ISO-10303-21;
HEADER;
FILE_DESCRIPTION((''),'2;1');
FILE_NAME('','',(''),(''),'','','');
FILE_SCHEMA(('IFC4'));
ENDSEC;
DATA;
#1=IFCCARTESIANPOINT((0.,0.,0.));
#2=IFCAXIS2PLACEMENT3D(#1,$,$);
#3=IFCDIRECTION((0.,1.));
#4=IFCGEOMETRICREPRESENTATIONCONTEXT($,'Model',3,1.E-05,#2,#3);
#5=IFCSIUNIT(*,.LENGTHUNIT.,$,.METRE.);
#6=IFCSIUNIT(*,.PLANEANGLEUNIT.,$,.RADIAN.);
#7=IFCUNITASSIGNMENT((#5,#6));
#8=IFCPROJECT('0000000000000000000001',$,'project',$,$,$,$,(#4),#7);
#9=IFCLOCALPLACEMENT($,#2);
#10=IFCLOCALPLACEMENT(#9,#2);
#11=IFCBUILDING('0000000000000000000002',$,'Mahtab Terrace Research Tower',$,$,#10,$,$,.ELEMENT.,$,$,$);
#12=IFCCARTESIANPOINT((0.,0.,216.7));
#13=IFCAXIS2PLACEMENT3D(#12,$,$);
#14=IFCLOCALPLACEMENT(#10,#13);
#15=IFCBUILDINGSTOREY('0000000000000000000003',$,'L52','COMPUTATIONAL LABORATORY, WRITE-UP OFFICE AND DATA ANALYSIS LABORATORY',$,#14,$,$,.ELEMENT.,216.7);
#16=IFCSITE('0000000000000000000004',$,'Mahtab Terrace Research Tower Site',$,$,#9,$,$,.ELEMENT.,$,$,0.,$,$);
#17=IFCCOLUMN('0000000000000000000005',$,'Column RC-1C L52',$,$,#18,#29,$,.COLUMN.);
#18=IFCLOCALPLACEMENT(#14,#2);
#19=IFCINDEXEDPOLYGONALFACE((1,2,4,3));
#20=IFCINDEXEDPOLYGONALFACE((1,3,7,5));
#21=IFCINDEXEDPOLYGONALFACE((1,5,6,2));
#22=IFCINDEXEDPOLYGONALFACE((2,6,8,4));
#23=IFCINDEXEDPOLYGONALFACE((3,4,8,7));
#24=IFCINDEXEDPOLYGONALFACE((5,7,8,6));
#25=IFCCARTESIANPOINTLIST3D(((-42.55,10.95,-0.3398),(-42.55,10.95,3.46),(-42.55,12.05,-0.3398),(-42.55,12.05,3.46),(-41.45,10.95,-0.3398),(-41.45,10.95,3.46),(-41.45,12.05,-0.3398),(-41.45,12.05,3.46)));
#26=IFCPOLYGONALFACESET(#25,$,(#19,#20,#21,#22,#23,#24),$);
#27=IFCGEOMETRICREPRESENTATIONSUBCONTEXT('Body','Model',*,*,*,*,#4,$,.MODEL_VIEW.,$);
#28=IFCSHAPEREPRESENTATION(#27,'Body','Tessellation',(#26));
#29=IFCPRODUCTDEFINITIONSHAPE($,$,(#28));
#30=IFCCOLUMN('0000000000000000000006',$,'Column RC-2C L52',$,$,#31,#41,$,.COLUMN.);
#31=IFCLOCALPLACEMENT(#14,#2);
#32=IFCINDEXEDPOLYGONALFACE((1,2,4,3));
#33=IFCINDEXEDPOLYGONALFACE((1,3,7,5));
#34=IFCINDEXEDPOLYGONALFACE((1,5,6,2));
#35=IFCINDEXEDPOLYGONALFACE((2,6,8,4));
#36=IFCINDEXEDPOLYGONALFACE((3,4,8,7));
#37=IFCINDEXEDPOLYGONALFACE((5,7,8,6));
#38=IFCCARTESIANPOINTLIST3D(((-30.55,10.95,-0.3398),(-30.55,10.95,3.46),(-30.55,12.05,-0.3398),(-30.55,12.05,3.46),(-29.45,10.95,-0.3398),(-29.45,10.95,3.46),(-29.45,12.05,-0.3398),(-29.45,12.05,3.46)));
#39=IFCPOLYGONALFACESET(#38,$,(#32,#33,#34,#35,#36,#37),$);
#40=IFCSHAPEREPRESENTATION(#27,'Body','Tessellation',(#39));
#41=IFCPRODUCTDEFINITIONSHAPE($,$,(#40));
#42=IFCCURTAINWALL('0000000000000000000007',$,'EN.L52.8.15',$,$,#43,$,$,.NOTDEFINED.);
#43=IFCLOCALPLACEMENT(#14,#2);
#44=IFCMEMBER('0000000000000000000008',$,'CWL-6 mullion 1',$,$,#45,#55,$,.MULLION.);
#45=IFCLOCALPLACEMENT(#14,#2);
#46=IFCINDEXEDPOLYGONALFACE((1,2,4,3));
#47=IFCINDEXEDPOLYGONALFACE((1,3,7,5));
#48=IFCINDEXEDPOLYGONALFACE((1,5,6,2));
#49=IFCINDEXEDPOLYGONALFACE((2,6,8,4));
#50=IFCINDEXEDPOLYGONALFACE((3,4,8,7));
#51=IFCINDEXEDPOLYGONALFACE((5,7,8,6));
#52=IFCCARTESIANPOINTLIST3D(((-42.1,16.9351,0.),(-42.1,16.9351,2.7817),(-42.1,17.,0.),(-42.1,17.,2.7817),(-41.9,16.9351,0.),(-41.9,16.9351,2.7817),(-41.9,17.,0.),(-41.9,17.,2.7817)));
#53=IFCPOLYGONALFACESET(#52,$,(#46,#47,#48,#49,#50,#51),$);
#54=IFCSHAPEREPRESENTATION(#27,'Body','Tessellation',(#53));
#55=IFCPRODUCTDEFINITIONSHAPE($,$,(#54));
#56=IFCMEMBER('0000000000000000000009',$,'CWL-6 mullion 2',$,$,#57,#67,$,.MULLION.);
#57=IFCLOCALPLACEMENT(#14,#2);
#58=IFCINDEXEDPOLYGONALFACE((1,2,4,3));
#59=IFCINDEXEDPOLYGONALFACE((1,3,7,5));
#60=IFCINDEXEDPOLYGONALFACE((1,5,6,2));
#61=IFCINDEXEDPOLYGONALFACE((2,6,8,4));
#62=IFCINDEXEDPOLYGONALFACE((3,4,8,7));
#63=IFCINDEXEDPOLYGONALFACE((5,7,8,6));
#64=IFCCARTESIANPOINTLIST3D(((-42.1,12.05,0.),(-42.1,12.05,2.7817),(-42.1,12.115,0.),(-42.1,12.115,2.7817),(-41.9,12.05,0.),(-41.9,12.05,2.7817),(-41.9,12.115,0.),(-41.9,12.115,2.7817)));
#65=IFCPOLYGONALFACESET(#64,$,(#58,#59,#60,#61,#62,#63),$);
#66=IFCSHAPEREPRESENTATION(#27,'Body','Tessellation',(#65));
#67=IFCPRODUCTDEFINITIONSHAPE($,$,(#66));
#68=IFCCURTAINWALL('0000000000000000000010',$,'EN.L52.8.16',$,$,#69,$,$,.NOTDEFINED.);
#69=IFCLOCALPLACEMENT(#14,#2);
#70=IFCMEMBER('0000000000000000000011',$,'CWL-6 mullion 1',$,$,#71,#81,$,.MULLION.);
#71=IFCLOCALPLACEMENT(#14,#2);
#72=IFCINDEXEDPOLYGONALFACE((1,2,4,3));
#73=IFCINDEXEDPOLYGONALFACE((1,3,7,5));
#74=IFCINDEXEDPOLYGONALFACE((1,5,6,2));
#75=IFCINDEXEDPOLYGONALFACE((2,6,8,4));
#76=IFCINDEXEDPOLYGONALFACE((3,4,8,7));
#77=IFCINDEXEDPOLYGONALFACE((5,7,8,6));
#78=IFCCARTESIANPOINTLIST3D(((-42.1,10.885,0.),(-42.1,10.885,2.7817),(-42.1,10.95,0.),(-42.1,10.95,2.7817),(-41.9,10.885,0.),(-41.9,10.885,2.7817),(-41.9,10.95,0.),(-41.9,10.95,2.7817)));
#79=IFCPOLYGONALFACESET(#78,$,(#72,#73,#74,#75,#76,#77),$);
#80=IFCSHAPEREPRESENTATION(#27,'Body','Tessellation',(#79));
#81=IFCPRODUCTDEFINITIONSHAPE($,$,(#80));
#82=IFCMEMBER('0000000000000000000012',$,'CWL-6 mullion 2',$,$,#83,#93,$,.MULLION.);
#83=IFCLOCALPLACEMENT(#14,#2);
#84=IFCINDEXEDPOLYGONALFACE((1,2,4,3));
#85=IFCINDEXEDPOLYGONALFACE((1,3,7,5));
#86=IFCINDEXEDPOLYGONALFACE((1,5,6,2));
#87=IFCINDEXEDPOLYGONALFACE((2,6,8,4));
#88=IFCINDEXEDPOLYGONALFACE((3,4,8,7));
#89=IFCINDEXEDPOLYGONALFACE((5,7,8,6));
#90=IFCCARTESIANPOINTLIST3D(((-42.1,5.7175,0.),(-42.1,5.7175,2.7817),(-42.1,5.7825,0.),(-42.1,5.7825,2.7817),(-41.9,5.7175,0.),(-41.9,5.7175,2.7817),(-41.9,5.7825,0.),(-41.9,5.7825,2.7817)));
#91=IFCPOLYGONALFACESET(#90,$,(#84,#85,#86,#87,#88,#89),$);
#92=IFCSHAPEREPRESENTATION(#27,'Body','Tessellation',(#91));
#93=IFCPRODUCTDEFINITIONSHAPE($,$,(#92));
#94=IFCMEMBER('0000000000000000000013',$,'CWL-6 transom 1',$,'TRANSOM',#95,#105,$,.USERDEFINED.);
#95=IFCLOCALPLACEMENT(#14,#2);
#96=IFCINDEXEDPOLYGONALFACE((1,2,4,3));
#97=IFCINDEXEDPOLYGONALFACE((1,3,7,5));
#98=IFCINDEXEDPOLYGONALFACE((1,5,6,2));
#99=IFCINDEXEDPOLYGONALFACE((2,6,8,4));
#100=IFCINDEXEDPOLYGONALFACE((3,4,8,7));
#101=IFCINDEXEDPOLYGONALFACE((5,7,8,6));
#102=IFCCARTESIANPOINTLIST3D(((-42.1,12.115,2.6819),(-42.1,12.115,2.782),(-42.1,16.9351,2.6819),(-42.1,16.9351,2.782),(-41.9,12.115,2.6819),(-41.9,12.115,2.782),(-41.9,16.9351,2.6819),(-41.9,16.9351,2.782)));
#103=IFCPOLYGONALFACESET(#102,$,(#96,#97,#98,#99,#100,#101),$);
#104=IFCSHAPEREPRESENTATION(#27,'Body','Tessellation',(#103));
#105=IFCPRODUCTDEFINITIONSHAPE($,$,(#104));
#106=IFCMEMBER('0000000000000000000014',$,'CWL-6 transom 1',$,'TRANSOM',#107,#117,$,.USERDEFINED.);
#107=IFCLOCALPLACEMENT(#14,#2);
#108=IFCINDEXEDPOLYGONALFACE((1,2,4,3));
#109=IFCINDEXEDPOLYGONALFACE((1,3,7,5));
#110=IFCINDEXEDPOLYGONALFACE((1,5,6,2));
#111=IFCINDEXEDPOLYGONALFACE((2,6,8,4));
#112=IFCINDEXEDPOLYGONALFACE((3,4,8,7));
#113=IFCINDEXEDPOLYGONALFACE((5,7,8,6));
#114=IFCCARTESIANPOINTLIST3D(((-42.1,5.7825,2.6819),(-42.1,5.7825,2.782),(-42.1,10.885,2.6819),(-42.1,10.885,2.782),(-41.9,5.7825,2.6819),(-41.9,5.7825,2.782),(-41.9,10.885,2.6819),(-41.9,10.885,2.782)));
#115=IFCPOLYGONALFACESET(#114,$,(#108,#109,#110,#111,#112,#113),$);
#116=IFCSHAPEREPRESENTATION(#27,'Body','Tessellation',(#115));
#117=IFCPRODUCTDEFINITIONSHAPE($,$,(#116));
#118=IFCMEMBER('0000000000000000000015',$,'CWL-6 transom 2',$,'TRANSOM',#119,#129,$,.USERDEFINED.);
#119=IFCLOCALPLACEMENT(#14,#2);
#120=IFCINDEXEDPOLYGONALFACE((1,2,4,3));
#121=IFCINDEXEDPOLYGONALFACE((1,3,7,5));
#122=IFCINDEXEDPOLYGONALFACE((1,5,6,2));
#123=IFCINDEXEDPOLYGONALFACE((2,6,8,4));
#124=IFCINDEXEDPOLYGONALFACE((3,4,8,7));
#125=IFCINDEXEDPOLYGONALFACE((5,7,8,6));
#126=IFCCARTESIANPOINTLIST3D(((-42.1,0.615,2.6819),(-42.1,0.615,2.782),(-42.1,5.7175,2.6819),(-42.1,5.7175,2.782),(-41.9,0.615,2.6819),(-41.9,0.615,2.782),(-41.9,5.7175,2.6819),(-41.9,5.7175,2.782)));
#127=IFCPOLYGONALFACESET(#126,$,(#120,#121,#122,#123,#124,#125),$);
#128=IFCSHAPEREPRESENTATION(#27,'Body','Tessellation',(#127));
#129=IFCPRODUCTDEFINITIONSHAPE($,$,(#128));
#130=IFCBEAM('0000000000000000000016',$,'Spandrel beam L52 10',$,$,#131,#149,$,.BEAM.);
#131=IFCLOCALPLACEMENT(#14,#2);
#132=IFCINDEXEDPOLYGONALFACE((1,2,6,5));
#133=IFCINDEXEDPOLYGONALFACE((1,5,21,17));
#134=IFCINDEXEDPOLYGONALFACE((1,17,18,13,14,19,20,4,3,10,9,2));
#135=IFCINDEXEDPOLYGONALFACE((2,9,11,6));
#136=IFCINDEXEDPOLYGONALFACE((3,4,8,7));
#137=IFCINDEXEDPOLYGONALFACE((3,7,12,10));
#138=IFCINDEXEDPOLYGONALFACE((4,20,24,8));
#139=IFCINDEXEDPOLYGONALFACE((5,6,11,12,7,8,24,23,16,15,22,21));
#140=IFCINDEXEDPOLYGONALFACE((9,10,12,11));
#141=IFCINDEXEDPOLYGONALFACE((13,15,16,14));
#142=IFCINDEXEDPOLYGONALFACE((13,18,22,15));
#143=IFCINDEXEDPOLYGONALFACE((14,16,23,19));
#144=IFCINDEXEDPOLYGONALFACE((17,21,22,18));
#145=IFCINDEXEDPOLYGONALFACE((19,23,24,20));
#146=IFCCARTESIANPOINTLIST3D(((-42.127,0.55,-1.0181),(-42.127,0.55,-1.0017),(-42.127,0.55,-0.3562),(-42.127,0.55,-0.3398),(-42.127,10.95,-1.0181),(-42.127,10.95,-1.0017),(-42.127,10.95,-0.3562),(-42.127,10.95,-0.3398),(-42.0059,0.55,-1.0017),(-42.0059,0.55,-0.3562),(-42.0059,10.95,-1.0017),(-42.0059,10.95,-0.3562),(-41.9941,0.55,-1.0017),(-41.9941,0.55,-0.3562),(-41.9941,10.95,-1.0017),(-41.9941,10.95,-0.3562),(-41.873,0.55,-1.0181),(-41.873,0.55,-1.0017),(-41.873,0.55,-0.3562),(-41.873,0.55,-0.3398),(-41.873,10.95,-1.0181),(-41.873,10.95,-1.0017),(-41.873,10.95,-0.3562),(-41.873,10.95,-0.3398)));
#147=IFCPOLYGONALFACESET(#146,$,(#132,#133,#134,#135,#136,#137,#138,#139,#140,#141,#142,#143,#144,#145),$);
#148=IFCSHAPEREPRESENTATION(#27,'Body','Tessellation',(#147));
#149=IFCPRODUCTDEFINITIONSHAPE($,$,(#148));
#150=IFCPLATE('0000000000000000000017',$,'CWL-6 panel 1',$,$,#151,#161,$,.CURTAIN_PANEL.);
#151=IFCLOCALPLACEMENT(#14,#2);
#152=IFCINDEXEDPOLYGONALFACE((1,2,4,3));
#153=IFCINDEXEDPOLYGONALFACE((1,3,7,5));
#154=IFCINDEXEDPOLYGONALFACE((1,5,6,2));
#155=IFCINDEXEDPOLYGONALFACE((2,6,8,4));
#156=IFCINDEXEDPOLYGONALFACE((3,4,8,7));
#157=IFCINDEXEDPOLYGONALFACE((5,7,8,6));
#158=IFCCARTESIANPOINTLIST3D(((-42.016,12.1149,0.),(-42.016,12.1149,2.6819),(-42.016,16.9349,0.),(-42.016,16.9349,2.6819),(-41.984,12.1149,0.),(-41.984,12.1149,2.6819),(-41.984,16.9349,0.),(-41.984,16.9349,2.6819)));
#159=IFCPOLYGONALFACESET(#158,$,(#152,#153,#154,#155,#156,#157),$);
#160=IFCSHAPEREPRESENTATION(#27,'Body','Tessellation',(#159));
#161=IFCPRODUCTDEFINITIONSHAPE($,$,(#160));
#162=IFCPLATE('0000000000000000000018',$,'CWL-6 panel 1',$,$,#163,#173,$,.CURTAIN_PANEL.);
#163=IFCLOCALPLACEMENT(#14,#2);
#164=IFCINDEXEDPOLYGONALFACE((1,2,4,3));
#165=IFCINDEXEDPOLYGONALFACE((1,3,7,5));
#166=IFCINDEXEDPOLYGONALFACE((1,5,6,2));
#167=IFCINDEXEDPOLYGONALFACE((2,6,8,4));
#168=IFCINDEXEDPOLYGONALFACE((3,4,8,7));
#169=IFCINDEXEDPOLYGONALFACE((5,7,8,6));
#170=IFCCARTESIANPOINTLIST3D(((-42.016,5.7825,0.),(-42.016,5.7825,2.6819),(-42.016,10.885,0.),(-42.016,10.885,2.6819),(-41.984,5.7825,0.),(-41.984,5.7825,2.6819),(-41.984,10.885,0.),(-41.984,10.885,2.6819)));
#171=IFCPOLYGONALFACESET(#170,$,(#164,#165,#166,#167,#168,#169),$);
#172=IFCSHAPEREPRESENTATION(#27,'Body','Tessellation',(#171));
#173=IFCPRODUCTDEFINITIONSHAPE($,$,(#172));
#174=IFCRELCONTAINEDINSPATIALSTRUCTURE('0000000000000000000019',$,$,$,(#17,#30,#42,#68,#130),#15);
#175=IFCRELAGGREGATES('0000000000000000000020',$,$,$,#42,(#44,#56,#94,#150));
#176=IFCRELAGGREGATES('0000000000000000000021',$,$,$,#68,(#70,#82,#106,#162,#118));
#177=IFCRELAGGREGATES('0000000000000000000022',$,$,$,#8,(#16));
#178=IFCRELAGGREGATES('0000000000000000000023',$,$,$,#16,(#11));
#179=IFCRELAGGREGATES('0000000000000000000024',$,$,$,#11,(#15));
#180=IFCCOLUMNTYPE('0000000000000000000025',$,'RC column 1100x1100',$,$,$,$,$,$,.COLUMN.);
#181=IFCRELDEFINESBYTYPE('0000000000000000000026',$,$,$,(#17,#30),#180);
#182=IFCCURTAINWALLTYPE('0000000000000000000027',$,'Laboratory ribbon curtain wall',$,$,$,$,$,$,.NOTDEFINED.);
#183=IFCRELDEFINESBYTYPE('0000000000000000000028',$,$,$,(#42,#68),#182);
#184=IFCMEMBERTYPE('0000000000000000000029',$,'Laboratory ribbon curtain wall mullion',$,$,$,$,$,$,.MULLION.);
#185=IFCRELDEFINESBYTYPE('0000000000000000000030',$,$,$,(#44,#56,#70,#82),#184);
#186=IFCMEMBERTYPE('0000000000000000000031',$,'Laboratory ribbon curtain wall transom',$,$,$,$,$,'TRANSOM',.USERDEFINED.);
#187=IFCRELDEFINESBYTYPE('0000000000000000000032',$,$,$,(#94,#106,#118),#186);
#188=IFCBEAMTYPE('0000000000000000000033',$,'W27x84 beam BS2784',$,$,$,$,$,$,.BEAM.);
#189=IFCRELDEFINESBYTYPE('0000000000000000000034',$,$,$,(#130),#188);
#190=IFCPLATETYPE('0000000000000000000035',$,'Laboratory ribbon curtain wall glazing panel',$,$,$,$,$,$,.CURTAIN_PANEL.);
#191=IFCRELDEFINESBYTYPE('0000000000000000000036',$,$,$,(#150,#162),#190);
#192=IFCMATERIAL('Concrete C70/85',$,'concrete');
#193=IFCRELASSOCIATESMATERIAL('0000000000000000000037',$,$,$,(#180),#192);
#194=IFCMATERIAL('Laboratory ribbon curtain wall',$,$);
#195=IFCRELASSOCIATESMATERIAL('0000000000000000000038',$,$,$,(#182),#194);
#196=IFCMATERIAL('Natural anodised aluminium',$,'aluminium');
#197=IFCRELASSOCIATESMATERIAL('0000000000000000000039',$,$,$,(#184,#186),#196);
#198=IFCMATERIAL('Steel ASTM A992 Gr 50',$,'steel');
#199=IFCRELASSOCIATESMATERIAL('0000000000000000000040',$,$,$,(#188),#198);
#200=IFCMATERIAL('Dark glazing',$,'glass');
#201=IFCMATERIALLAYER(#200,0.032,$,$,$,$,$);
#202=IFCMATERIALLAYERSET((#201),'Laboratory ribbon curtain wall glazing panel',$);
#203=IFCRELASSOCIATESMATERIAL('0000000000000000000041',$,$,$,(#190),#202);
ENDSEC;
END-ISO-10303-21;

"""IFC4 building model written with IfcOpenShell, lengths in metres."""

from ifc_helpers import new_model, si_unit, direction, frame, origin, origin_2d, place, context, subcontext, project, spatial, rectangle, i_section, extrude, material, layer, layer_set, material_profile, profile_set, type_object, element, aggregate, save


model = new_model("IFC4")

# Units and contexts
model_context = context("Model", 3, precision=1e-05, world=origin(), true_north=direction((0.0, 1.0)))
body_context = subcontext(model_context, "Body", "Model", "MODEL_VIEW")
ifc_project = project(units=[si_unit("LENGTHUNIT", "METRE"), si_unit("PLANEANGLEUNIT", "RADIAN")], contexts=[model_context])

# Site, building, storey
site_placement = place(None, origin())
site = spatial("IfcSite", under=ifc_project, at=site_placement, Name="Mahtab Terrace Research Tower Site", CompositionType="ELEMENT", RefElevation=0.0)
building_placement = place(site_placement, origin())
building = spatial("IfcBuilding", under=site, at=building_placement, Name="Mahtab Terrace Research Tower", CompositionType="ELEMENT")
storey_placement = place(building_placement, frame((0.0, 0.0, 216.7)))
storey = spatial("IfcBuildingStorey", under=building, at=storey_placement, Name="L52", Description="COMPUTATIONAL LABORATORY, WRITE-UP OFFICE AND DATA ANALYSIS LABORATORY", CompositionType="ELEMENT", Elevation=216.7)

# Columns
ifc_material_1 = material(Name="Concrete C70/85", Category="concrete")
ifc_material_profile_1 = material_profile(ifc_material_1, rectangle(XDim=1.1001, YDim=1.1001, at=origin_2d()), Name="RC column 1100x1100")
ifc_profile_set_1 = profile_set([ifc_material_profile_1], Name="Concrete C70/85")
column_type = type_object("IfcColumnType", Name="RC column 1100x1100", PredefinedType="COLUMN", material=ifc_profile_set_1)
for number, where, z_axis, x_axis, name in (
    (1, (-42.0, 11.5, -0.3398), (0.0, 0.0, 1.0), (1.0, 0.0, 0.0), "Column RC-1C L52"),
    (2, (-30.0, 11.5, -0.3398), (0.0, 0.0, 1.0), (1.0, 0.0, 0.0), "Column RC-2C L52"),
):
    element("IfcColumn", number, at=place(storey_placement, frame(where, z_axis=z_axis, x_axis=x_axis)), inside=storey, type_object=column_type, Name=name, PredefinedType="COLUMN", context=body_context, shape_type="SweptSolid", body=[
        extrude(rectangle(XDim=1.1001, YDim=1.1001, at=origin_2d()), origin(), (0.0, 0.0, 1.0), 3.7998),
    ])

# Curtain walls, members
ifc_material_2 = material(Name="Laboratory ribbon curtain wall")
curtain_wall_type = type_object("IfcCurtainWallType", Name="Laboratory ribbon curtain wall", PredefinedType="NOTDEFINED", material=ifc_material_2)
curtain_wall_1_placement = place(storey_placement, origin())
curtain_wall_1 = element("IfcCurtainWall", 3, at=curtain_wall_1_placement, inside=storey, type_object=curtain_wall_type, Name="EN.L52.8.15", PredefinedType="NOTDEFINED")
ifc_material_3 = material(Name="Natural anodised aluminium", Category="aluminium")
ifc_material_profile_2 = material_profile(ifc_material_3, rectangle(XDim=0.2, YDim=0.0649, at=origin_2d()), Name="MULLION 65x200")
ifc_profile_set_2 = profile_set([ifc_material_profile_2], Name="Natural anodised aluminium")
member_type_1 = type_object("IfcMemberType", Name="Laboratory ribbon curtain wall mullion", PredefinedType="MULLION", material=ifc_profile_set_2)
member_1_placement = place(storey_placement, frame((-42.0, 16.9675, 0.0), z_axis=(0.0, 0.0, 1.0), x_axis=(1.0, 0.0, 0.0)))
member_1 = element("IfcMember", 4, at=member_1_placement, type_object=member_type_1, Name="CWL-6 mullion 1", PredefinedType="MULLION", context=body_context, shape_type="SweptSolid", body=[
    extrude(rectangle(XDim=0.2, YDim=0.0649, at=origin_2d()), origin(), (0.0, 0.0, 1.0), 2.7817),
])
member_2_placement = place(storey_placement, frame((-42.0, 12.0825, 0.0), z_axis=(0.0, 0.0, 1.0), x_axis=(1.0, 0.0, 0.0)))
member_2 = element("IfcMember", 5, at=member_2_placement, type_object=member_type_1, Name="CWL-6 mullion 2", PredefinedType="MULLION", context=body_context, shape_type="SweptSolid", body=[
    extrude(rectangle(XDim=0.2, YDim=0.0649, at=origin_2d()), origin(), (0.0, 0.0, 1.0), 2.7817),
])
curtain_wall_2_placement = place(storey_placement, origin())
curtain_wall_2 = element("IfcCurtainWall", 6, at=curtain_wall_2_placement, inside=storey, type_object=curtain_wall_type, Name="EN.L52.8.16", PredefinedType="NOTDEFINED")
member_3_placement = place(storey_placement, frame((-42.0, 10.9175, 0.0), z_axis=(0.0, 0.0, 1.0), x_axis=(1.0, 0.0, 0.0)))
member_3 = element("IfcMember", 7, at=member_3_placement, type_object=member_type_1, Name="CWL-6 mullion 1", PredefinedType="MULLION", context=body_context, shape_type="SweptSolid", body=[
    extrude(rectangle(XDim=0.2, YDim=0.0649, at=origin_2d()), origin(), (0.0, 0.0, 1.0), 2.7817),
])
member_4_placement = place(storey_placement, frame((-42.0, 5.75, 0.0), z_axis=(0.0, 0.0, 1.0), x_axis=(1.0, 0.0, 0.0)))
member_4 = element("IfcMember", 8, at=member_4_placement, type_object=member_type_1, Name="CWL-6 mullion 2", PredefinedType="MULLION", context=body_context, shape_type="SweptSolid", body=[
    extrude(rectangle(XDim=0.2, YDim=0.0649, at=origin_2d()), origin(), (0.0, 0.0, 1.0), 2.7817),
])

# Members
ifc_material_profile_3 = material_profile(ifc_material_3, rectangle(XDim=0.2, YDim=0.1001, at=origin_2d()), Name="TRANSOM 100x200")
ifc_profile_set_3 = profile_set([ifc_material_profile_3], Name="Natural anodised aluminium")
member_type_2 = type_object("IfcMemberType", Name="Laboratory ribbon curtain wall transom", ElementType="TRANSOM", PredefinedType="USERDEFINED", material=ifc_profile_set_3)
member_5_placement = place(storey_placement, frame((-42.0, 16.9351, 2.7319), z_axis=(0.0, -1.0, 0.0), x_axis=(1.0, 0.0, 0.0)))
member_5 = element("IfcMember", 9, at=member_5_placement, type_object=member_type_2, Name="CWL-6 transom 1", ObjectType="TRANSOM", PredefinedType="USERDEFINED", context=body_context, shape_type="SweptSolid", body=[
    extrude(rectangle(XDim=0.2, YDim=0.1001, at=origin_2d()), origin(), (0.0, 0.0, 1.0), 4.8201),
])
member_6_placement = place(storey_placement, frame((-42.0, 10.885, 2.7319), z_axis=(0.0, -1.0, 0.0), x_axis=(1.0, 0.0, 0.0)))
member_6 = element("IfcMember", 10, at=member_6_placement, type_object=member_type_2, Name="CWL-6 transom 1", ObjectType="TRANSOM", PredefinedType="USERDEFINED", context=body_context, shape_type="SweptSolid", body=[
    extrude(rectangle(XDim=0.2, YDim=0.1001, at=origin_2d()), origin(), (0.0, 0.0, 1.0), 5.1025),
])
member_7_placement = place(storey_placement, frame((-42.0, 5.7175, 2.7319), z_axis=(0.0, -1.0, 0.0), x_axis=(1.0, 0.0, 0.0)))
member_7 = element("IfcMember", 11, at=member_7_placement, type_object=member_type_2, Name="CWL-6 transom 2", ObjectType="TRANSOM", PredefinedType="USERDEFINED", context=body_context, shape_type="SweptSolid", body=[
    extrude(rectangle(XDim=0.2, YDim=0.1001, at=origin_2d()), origin(), (0.0, 0.0, 1.0), 5.1025),
])

# Beam
ifc_material_4 = material(Name="Steel ASTM A992 Gr 50", Category="steel")
ifc_material_profile_4 = material_profile(ifc_material_4, i_section(OverallWidth=0.2539, OverallDepth=0.6782, WebThickness=0.0117, FlangeThickness=0.0164, at=origin_2d()), Name="W27X84")
ifc_profile_set_4 = profile_set([ifc_material_profile_4], Name="Steel ASTM A992 Gr 50")
beam_type = type_object("IfcBeamType", Name="W27x84 beam BS2784", PredefinedType="BEAM", material=ifc_profile_set_4)
beam_placement = place(storey_placement, frame((-42.0, 10.95, -0.679), z_axis=(0.0, -1.0, 0.0), x_axis=(1.0, 0.0, 0.0)))
element("IfcBeam", 12, at=beam_placement, inside=storey, type_object=beam_type, Name="Spandrel beam L52 10", PredefinedType="BEAM", context=body_context, shape_type="SweptSolid", body=[
    extrude(i_section(OverallWidth=0.2539, OverallDepth=0.6782, WebThickness=0.0117, FlangeThickness=0.0164, at=origin_2d()), origin(), (0.0, 0.0, 1.0), 10.3999),
])

# Plates
ifc_material_5 = material(Name="Dark glazing", Category="glass")
ifc_layer_1 = layer(ifc_material_5, 0.032)
ifc_layer_set_1 = layer_set([ifc_layer_1], Name="Laboratory ribbon curtain wall glazing panel")
plate_type = type_object("IfcPlateType", Name="Laboratory ribbon curtain wall glazing panel", PredefinedType="CURTAIN_PANEL", material=ifc_layer_set_1)
plate_1_placement = place(storey_placement, frame((-42.0, 14.5249, 0.0), z_axis=(0.0, 0.0, 1.0), x_axis=(0.0, -1.0, 0.0)))
plate_1 = element("IfcPlate", 13, at=plate_1_placement, type_object=plate_type, Name="CWL-6 panel 1", PredefinedType="CURTAIN_PANEL", context=body_context, shape_type="SweptSolid", body=[
    extrude(rectangle(XDim=4.8201, YDim=0.032, at=origin_2d()), origin(), (0.0, 0.0, 1.0), 2.6819),
])
aggregate(curtain_wall_1, [member_1, member_2, member_5, plate_1])
plate_2_placement = place(storey_placement, frame((-42.0, 8.3337, 0.0), z_axis=(0.0, 0.0, 1.0), x_axis=(0.0, -1.0, 0.0)))
plate_2 = element("IfcPlate", 14, at=plate_2_placement, type_object=plate_type, Name="CWL-6 panel 1", PredefinedType="CURTAIN_PANEL", context=body_context, shape_type="SweptSolid", body=[
    extrude(rectangle(XDim=5.1025, YDim=0.032, at=origin_2d()), origin(), (0.0, 0.0, 1.0), 2.6819),
])
aggregate(curtain_wall_2, [member_3, member_4, member_6, plate_2, member_7])

save(model, "model.ifc")
